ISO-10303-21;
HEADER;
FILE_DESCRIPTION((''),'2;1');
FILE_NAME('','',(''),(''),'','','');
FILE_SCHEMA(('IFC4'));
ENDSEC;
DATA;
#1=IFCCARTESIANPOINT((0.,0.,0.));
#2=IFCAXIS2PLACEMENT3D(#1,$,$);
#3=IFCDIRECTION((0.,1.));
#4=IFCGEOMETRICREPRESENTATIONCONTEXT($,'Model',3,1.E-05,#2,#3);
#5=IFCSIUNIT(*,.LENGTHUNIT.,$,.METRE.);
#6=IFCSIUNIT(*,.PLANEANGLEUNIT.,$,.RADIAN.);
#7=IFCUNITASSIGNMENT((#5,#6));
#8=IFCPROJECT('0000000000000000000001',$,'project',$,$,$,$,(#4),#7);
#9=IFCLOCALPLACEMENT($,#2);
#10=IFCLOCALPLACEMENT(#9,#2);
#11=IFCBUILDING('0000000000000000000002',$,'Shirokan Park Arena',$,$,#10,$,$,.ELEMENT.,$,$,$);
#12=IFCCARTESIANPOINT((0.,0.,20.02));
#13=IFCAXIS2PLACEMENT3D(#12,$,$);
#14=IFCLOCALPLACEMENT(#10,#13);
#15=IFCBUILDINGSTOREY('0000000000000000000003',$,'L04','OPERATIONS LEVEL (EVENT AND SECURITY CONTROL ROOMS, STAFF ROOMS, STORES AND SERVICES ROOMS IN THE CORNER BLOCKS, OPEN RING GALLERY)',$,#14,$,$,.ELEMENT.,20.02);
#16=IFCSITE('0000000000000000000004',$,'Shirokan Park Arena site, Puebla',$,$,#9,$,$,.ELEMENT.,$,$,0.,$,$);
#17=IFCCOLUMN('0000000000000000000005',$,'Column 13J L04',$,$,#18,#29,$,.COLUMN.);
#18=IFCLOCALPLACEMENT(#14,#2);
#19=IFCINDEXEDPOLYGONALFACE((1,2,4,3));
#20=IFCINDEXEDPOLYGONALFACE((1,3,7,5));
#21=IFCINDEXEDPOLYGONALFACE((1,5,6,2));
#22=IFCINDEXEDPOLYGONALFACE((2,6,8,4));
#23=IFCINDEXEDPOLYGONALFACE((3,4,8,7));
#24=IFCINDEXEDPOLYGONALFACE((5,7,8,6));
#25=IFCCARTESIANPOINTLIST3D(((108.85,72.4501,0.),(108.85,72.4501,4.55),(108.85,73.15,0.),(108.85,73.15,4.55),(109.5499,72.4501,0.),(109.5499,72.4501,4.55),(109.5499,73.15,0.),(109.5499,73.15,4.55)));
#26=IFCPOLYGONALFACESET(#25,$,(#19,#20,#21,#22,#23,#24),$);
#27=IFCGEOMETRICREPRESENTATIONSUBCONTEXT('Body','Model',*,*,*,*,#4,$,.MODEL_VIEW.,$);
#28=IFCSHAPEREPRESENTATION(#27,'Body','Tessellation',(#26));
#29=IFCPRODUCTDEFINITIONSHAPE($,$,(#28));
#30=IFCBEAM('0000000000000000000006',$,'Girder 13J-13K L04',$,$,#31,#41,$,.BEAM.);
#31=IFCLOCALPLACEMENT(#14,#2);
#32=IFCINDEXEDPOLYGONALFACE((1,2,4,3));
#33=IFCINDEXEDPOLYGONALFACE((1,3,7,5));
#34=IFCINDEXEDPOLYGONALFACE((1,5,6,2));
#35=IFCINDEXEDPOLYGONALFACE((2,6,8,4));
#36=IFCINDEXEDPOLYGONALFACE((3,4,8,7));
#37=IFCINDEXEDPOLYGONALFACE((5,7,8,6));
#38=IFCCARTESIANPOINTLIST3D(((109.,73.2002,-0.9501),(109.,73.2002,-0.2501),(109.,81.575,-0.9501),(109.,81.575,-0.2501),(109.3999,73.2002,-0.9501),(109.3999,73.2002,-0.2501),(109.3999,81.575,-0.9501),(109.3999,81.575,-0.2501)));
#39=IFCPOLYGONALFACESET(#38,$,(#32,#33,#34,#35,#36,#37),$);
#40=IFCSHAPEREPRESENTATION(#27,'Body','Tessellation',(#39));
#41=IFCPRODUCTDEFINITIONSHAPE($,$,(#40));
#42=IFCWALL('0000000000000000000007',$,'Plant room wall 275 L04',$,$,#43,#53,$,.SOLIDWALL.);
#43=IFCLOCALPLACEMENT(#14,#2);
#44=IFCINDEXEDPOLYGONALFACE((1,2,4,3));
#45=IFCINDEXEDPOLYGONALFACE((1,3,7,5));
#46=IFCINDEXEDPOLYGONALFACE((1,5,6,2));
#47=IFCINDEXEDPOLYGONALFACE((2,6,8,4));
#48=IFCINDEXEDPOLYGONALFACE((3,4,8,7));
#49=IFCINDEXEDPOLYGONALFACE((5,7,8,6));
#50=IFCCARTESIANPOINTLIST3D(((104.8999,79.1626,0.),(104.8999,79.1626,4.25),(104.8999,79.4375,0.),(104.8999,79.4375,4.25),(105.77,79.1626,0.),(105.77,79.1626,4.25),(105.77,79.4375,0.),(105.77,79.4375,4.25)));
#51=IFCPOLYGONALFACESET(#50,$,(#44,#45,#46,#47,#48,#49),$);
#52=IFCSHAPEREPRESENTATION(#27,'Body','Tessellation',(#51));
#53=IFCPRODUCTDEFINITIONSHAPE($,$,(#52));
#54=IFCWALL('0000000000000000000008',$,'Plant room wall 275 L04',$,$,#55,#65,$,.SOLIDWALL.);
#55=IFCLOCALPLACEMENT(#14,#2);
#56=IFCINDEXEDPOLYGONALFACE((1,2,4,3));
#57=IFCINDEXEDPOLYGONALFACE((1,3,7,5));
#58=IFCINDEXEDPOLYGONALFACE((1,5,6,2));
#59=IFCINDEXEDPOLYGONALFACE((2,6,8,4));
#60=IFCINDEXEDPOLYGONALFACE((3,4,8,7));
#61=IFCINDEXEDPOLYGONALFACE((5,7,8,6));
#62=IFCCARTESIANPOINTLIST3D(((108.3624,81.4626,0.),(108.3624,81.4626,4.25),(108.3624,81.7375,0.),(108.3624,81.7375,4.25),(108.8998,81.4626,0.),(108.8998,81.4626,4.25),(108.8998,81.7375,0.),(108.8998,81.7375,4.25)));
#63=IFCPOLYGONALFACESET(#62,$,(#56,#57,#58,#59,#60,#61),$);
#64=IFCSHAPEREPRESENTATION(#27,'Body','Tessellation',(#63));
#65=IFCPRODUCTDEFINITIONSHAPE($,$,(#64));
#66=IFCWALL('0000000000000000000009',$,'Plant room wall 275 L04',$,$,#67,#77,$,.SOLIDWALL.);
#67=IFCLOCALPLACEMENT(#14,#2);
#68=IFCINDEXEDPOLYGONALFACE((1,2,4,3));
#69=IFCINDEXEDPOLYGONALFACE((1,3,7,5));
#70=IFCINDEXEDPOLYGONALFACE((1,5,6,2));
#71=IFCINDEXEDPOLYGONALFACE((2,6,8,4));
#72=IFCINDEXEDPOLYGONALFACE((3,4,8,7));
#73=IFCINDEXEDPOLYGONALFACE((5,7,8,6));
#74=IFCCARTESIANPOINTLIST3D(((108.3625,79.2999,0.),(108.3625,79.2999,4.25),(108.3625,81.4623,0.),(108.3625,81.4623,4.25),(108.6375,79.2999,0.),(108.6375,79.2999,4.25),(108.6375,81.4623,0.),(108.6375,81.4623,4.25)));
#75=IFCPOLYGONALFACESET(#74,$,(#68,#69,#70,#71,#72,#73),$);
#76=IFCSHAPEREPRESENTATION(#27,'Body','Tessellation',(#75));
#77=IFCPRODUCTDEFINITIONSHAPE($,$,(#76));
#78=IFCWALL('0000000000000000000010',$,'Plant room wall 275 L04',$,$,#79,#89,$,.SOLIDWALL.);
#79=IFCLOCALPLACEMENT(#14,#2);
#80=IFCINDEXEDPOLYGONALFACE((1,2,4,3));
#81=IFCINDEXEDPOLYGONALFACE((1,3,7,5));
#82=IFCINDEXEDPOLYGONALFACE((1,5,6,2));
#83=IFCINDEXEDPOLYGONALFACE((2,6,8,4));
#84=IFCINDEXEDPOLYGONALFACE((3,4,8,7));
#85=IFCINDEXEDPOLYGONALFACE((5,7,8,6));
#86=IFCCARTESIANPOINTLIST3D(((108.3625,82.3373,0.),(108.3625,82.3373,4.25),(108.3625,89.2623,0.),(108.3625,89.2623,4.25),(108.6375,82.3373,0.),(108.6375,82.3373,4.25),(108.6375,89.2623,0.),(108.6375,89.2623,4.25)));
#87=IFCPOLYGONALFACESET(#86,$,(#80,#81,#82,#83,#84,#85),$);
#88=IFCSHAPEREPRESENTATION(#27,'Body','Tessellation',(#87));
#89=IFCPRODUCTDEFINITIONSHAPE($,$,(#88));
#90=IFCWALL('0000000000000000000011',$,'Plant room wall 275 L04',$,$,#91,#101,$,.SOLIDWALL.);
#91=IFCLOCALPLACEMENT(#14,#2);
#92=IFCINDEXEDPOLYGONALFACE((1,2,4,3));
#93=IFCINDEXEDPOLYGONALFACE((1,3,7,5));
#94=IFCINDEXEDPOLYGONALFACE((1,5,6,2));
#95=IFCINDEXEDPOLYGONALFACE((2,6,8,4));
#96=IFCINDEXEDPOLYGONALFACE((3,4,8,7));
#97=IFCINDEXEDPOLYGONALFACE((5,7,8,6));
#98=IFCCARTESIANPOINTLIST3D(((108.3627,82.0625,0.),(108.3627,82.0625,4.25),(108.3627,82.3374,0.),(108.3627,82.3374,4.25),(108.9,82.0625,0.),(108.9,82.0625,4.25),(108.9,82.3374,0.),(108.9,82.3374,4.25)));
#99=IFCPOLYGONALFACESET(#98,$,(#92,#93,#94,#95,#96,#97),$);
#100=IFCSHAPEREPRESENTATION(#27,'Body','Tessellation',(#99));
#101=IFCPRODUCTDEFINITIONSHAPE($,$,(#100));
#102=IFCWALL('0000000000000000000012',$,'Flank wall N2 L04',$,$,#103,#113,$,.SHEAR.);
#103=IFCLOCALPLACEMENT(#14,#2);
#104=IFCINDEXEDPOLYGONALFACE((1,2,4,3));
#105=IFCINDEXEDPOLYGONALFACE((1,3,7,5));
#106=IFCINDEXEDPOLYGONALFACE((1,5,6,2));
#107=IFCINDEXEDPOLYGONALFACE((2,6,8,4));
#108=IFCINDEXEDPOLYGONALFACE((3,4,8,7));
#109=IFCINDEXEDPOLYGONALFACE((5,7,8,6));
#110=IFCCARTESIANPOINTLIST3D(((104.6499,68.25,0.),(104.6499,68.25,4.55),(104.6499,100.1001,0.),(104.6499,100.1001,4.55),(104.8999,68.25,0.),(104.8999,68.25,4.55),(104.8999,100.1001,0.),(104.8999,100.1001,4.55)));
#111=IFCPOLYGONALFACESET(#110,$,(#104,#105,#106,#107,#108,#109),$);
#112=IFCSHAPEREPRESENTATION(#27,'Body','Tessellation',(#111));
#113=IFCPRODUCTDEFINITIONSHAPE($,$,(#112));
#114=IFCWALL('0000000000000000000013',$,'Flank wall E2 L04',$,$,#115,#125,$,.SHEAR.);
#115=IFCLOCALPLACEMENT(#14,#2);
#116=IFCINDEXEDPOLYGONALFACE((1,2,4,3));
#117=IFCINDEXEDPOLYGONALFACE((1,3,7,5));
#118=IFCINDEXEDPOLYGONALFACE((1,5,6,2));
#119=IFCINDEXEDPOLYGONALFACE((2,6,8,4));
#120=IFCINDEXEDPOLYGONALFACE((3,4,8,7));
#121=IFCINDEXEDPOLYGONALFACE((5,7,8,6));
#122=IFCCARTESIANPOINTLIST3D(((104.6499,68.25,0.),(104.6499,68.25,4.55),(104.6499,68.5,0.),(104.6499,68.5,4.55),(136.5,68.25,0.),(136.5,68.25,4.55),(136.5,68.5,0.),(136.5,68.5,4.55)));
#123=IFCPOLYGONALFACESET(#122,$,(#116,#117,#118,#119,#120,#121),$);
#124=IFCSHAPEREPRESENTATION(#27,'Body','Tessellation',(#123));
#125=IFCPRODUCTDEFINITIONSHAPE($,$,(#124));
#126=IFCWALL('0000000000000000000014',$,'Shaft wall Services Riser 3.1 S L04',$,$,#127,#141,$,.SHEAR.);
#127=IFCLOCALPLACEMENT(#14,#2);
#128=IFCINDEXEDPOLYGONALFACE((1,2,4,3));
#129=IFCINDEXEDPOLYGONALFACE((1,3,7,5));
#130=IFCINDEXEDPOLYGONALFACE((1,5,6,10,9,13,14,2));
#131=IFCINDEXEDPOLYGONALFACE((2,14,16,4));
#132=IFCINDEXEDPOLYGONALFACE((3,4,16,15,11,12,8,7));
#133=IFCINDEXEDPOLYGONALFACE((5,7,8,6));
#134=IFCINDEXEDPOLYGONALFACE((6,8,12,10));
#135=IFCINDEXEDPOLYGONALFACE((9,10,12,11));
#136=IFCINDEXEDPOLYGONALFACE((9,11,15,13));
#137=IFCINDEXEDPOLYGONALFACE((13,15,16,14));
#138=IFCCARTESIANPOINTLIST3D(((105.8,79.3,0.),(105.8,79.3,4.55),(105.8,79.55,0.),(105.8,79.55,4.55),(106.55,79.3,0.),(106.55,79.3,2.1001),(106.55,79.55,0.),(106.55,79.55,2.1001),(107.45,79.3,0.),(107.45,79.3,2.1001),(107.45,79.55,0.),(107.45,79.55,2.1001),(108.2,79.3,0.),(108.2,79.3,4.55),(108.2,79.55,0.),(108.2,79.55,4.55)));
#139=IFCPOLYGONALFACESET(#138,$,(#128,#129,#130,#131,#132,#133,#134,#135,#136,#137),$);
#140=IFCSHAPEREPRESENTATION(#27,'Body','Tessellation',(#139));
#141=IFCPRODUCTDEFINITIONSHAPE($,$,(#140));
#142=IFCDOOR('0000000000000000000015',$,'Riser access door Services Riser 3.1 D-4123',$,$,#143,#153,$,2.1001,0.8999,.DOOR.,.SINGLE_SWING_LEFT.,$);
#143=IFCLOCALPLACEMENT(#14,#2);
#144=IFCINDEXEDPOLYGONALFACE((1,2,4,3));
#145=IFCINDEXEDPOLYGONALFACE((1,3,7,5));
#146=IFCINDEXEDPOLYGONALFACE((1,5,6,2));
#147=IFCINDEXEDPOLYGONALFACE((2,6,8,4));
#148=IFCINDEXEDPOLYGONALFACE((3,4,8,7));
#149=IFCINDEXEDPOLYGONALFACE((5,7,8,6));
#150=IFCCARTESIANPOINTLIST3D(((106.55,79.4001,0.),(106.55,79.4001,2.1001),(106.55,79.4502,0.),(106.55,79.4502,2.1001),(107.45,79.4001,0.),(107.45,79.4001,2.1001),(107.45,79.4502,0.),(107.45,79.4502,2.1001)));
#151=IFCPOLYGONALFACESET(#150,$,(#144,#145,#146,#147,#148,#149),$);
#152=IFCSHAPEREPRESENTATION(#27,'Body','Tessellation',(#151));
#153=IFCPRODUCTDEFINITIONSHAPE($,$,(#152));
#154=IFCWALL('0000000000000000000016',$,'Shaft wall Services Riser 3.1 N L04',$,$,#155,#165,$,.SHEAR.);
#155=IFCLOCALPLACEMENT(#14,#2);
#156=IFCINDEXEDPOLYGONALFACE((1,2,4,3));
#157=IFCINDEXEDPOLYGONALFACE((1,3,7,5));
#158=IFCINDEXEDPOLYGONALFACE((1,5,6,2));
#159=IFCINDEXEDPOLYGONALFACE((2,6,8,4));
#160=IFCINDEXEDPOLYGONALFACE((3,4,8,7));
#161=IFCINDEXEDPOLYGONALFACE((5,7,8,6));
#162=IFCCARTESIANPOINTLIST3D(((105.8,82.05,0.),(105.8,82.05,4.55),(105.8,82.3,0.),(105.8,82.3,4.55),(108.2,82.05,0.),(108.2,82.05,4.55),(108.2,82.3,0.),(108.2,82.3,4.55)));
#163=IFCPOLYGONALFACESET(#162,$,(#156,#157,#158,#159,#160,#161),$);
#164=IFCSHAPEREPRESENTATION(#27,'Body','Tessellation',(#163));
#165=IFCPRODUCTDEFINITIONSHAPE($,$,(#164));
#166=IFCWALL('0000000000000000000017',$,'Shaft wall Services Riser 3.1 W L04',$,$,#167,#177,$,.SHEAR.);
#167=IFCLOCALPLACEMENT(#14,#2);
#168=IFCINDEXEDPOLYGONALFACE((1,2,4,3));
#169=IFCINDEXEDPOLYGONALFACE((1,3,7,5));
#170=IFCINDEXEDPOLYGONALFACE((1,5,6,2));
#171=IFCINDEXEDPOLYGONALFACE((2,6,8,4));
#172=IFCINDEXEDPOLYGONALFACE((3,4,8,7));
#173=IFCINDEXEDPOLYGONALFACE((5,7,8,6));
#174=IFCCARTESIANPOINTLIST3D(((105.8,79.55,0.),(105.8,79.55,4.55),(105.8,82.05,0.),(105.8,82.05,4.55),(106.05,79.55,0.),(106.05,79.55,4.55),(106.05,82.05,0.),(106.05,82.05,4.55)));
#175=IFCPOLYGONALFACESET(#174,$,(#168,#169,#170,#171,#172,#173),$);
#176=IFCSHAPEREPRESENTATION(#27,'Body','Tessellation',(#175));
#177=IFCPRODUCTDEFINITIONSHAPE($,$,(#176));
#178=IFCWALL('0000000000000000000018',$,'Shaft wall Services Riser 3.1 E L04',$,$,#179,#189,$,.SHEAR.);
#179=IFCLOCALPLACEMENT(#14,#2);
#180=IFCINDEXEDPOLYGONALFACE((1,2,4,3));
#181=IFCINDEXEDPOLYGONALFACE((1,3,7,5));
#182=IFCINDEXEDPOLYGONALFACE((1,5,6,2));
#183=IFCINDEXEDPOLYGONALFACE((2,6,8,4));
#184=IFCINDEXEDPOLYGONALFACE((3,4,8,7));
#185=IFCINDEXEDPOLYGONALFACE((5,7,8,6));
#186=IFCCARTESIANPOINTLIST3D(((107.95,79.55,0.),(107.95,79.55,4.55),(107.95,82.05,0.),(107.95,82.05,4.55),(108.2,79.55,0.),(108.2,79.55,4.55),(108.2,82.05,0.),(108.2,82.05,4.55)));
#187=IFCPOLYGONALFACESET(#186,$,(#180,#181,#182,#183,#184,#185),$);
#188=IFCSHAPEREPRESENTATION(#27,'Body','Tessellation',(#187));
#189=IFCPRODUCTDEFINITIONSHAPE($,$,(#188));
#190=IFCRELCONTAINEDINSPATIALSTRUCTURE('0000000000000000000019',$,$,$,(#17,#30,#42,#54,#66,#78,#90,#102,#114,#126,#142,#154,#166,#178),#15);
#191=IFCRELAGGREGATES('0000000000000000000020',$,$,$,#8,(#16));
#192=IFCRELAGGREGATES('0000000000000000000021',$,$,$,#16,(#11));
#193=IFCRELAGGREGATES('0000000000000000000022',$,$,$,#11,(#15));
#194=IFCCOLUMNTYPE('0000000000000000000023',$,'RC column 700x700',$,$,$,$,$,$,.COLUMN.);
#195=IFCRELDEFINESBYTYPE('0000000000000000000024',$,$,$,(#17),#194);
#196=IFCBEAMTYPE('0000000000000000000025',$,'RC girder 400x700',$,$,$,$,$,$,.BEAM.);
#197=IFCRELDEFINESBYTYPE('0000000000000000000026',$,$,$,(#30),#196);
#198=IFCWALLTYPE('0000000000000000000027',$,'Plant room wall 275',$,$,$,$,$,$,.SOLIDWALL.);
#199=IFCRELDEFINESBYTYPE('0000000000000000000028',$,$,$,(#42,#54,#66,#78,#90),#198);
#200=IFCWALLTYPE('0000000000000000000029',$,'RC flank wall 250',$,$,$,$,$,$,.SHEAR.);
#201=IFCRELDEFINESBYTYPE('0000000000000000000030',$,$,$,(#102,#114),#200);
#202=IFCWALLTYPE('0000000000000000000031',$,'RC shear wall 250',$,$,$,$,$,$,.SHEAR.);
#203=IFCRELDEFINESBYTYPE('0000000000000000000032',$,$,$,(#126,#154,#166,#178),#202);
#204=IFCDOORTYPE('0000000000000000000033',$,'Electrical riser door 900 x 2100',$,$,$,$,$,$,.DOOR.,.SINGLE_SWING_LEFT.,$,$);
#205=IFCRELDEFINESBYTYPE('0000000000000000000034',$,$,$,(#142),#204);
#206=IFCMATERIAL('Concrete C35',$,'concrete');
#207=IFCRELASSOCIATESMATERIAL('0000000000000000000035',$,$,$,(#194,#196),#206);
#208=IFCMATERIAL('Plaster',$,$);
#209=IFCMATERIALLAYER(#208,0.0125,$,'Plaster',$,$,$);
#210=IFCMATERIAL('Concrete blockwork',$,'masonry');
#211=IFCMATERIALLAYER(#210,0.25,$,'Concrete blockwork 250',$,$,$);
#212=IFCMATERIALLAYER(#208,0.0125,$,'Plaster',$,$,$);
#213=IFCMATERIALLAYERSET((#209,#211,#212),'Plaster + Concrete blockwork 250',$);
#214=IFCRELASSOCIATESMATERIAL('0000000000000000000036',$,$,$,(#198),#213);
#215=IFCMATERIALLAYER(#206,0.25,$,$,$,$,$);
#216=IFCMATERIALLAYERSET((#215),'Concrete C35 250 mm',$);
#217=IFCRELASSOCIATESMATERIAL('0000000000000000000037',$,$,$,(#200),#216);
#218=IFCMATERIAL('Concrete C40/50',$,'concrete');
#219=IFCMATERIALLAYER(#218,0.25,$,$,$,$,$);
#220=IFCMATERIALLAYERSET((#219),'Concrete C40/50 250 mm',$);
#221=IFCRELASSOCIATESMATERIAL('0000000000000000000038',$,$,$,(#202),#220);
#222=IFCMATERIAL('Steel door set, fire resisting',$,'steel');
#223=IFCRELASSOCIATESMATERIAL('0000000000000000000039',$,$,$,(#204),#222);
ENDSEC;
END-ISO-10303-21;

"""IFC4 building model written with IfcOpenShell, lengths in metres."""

from ifc_helpers import new_model, si_unit, direction, frame, frame_2d, origin, origin_2d, place, context, subcontext, project, spatial, rectangle, extrude, material, layer, layer_set, material_profile, profile_set, type_object, element, fill, save


model = new_model("IFC4")

# Units and contexts
model_context = context("Model", 3, precision=1e-05, world=origin(), true_north=direction((0.0, 1.0)))
body_context = subcontext(model_context, "Body", "Model", "MODEL_VIEW")
ifc_project = project(units=[si_unit("LENGTHUNIT", "METRE"), si_unit("PLANEANGLEUNIT", "RADIAN")], contexts=[model_context])

# Site, building, storey
site_placement = place(None, origin())
site = spatial("IfcSite", under=ifc_project, at=site_placement, Name="Shirokan Park Arena site, Puebla", CompositionType="ELEMENT", RefElevation=0.0)
building_placement = place(site_placement, origin())
building = spatial("IfcBuilding", under=site, at=building_placement, Name="Shirokan Park Arena", CompositionType="ELEMENT")
storey_placement = place(building_placement, frame((0.0, 0.0, 20.02)))
storey = spatial("IfcBuildingStorey", under=building, at=storey_placement, Name="L04", Description="OPERATIONS LEVEL (EVENT AND SECURITY CONTROL ROOMS, STAFF ROOMS, STORES AND SERVICES ROOMS IN THE CORNER BLOCKS, OPEN RING GALLERY)", CompositionType="ELEMENT", Elevation=20.02)

# Column
ifc_material_1 = material(Name="Concrete C35", Category="concrete")
ifc_material_profile_1 = material_profile(ifc_material_1, rectangle(XDim=0.7, YDim=0.7, at=origin_2d()), Name="700x700")
ifc_profile_set_1 = profile_set([ifc_material_profile_1], Name="Concrete C35")
column_type = type_object("IfcColumnType", Name="RC column 700x700", PredefinedType="COLUMN", material=ifc_profile_set_1)
column_placement = place(storey_placement, frame((109.2, 72.8, 0.0), z_axis=(0.0, 0.0, 1.0), x_axis=(1.0, 0.0, 0.0)))
element("IfcColumn", 1, at=column_placement, inside=storey, type_object=column_type, Name="Column 13J L04", PredefinedType="COLUMN", context=body_context, shape_type="SweptSolid", body=[
    extrude(rectangle(XDim=0.7, YDim=0.7, at=origin_2d()), origin(), (0.0, 0.0, 1.0), 4.55),
])

# Beam
ifc_material_profile_2 = material_profile(ifc_material_1, rectangle(XDim=0.3999, YDim=0.7, at=origin_2d()), Name="400x700")
ifc_profile_set_2 = profile_set([ifc_material_profile_2], Name="Concrete C35")
beam_type = type_object("IfcBeamType", Name="RC girder 400x700", PredefinedType="BEAM", material=ifc_profile_set_2)
beam_placement = place(storey_placement, frame((109.2, 73.2002, -0.6001), z_axis=(0.0, 1.0, 0.0), x_axis=(-1.0, 0.0, 0.0)))
element("IfcBeam", 2, at=beam_placement, inside=storey, type_object=beam_type, Name="Girder 13J-13K L04", PredefinedType="BEAM", context=body_context, shape_type="SweptSolid", body=[
    extrude(rectangle(XDim=0.3999, YDim=0.7, at=origin_2d()), origin(), (0.0, 0.0, 1.0), 8.3748),
])

# Walls
ifc_material_2 = material(Name="Plaster")
ifc_layer_1 = layer(ifc_material_2, 0.0125, Name="Plaster")
ifc_material_3 = material(Name="Concrete blockwork", Category="masonry")
ifc_layer_2 = layer(ifc_material_3, 0.25, Name="Concrete blockwork 250")
ifc_layer_3 = layer(ifc_material_2, 0.0125, Name="Plaster")
ifc_layer_set_1 = layer_set([ifc_layer_1, ifc_layer_2, ifc_layer_3], Name="Plaster + Concrete blockwork 250")
wall_type_1 = type_object("IfcWallType", Name="Plant room wall 275", PredefinedType="SOLIDWALL", material=ifc_layer_set_1)
wall_1_placement = place(storey_placement, frame((105.77, 79.3, 0.0), z_axis=(0.0, 0.0, 1.0), x_axis=(-1.0, 0.0, 0.0)))
element("IfcWall", 3, at=wall_1_placement, inside=storey, type_object=wall_type_1, Name="Plant room wall 275 L04", PredefinedType="SOLIDWALL", context=body_context, shape_type="SweptSolid", body=[
    extrude(rectangle(XDim=0.8701, YDim=0.2749, at=frame_2d((0.4351, 0.0))), origin(), (0.0, 0.0, 1.0), 4.25),
])
wall_2_placement = place(storey_placement, frame((108.3625, 81.6001, 0.0), z_axis=(0.0, 0.0, 1.0), x_axis=(1.0, 0.0, 0.0)))
element("IfcWall", 4, at=wall_2_placement, inside=storey, type_object=wall_type_1, Name="Plant room wall 275 L04", PredefinedType="SOLIDWALL", context=body_context, shape_type="SweptSolid", body=[
    extrude(rectangle(XDim=0.5374, YDim=0.2749, at=frame_2d((0.2686, 0.0))), origin(), (0.0, 0.0, 1.0), 4.25),
])
wall_3_placement = place(storey_placement, frame((108.5, 79.3, 0.0), z_axis=(0.0, 0.0, 1.0), x_axis=(0.0, 1.0, 0.0)))
element("IfcWall", 5, at=wall_3_placement, inside=storey, type_object=wall_type_1, Name="Plant room wall 275 L04", PredefinedType="SOLIDWALL", context=body_context, shape_type="SweptSolid", body=[
    extrude(rectangle(XDim=2.1624, YDim=0.2749, at=frame_2d((1.0811, 0.0))), origin(), (0.0, 0.0, 1.0), 4.25),
])
wall_4_placement = place(storey_placement, frame((108.5, 82.3374, 0.0), z_axis=(0.0, 0.0, 1.0), x_axis=(0.0, 1.0, 0.0)))
element("IfcWall", 6, at=wall_4_placement, inside=storey, type_object=wall_type_1, Name="Plant room wall 275 L04", PredefinedType="SOLIDWALL", context=body_context, shape_type="SweptSolid", body=[
    extrude(rectangle(XDim=6.925, YDim=0.2749, at=frame_2d((3.4624, 0.0))), origin(), (0.0, 0.0, 1.0), 4.25),
])

# Walls
wall_5_placement = place(storey_placement, frame((108.8999, 82.2, 0.0), z_axis=(0.0, 0.0, 1.0), x_axis=(-1.0, 0.0, 0.0)))
element("IfcWall", 7, at=wall_5_placement, inside=storey, type_object=wall_type_1, Name="Plant room wall 275 L04", PredefinedType="SOLIDWALL", context=body_context, shape_type="SweptSolid", body=[
    extrude(rectangle(XDim=0.5374, YDim=0.2749, at=frame_2d((0.2686, 0.0))), origin(), (0.0, 0.0, 1.0), 4.25),
])
ifc_layer_4 = layer(ifc_material_1, 0.25)
ifc_layer_set_2 = layer_set([ifc_layer_4], Name="Concrete C35 250 mm")
wall_type_2 = type_object("IfcWallType", Name="RC flank wall 250", PredefinedType="SHEAR", material=ifc_layer_set_2)
for number, where, z_axis, x_axis, name in (
    (8, (104.7749, 68.25, 0.0), (0.0, 0.0, 1.0), (0.0, 1.0, 0.0), "Flank wall N2 L04"),
    (9, (104.6499, 68.375, 0.0), (0.0, 0.0, 1.0), (1.0, 0.0, 0.0), "Flank wall E2 L04"),
):
    element("IfcWall", number, at=place(storey_placement, frame(where, z_axis=z_axis, x_axis=x_axis)), inside=storey, type_object=wall_type_2, Name=name, PredefinedType="SHEAR", context=body_context, shape_type="SweptSolid", body=[
        extrude(rectangle(XDim=31.8501, YDim=0.25, at=frame_2d((15.925, 0.0))), origin(), (0.0, 0.0, 1.0), 4.55),
    ])

# Wall, opening, door
ifc_material_4 = material(Name="Concrete C40/50", Category="concrete")
ifc_layer_5 = layer(ifc_material_4, 0.25)
ifc_layer_set_3 = layer_set([ifc_layer_5], Name="Concrete C40/50 250 mm")
wall_type_3 = type_object("IfcWallType", Name="RC shear wall 250", PredefinedType="SHEAR", material=ifc_layer_set_3)
wall_6_placement = place(storey_placement, frame((108.2, 79.425, 0.0), z_axis=(0.0, 0.0, 1.0), x_axis=(-1.0, 0.0, 0.0)))
wall_6 = element("IfcWall", 10, at=wall_6_placement, inside=storey, type_object=wall_type_3, Name="Shaft wall Services Riser 3.1 S L04", PredefinedType="SHEAR", context=body_context, shape_type="SweptSolid", body=[
    extrude(rectangle(XDim=2.3999, YDim=0.25, at=frame_2d((1.2, 0.0))), origin(), (0.0, 0.0, 1.0), 4.55),
])
opening_1_placement = place(wall_6_placement, frame((0.75, 0.0, 0.0)))
opening_1 = element("IfcOpeningElement", 11, at=opening_1_placement, cuts=wall_6, PredefinedType="OPENING", context=body_context, shape_type="SweptSolid", body=[
    extrude(rectangle(XDim=0.8999, YDim=2.1001, at=frame_2d((0.45, 1.05))), frame((0.0, 0.135, 0.0), z_axis=(0.0, -1.0, 0.0), x_axis=(1.0, 0.0, 0.0)), (0.0, 0.0, 1.0), 0.27),
])
ifc_material_5 = material(Name="Steel door set, fire resisting", Category="steel")
door_type_1 = type_object("IfcDoorType", Name="Electrical riser door 900 x 2100", OperationType="SINGLE_SWING_LEFT", PredefinedType="DOOR", material=ifc_material_5)
door_1_placement = place(opening_1_placement, origin())
door_1 = element("IfcDoor", 12, at=door_1_placement, inside=storey, type_object=door_type_1, Name="Riser access door Services Riser 3.1 D-4123", OperationType="SINGLE_SWING_LEFT", OverallHeight=2.1001, OverallWidth=0.8999, PredefinedType="DOOR", context=body_context, shape_type="SweptSolid", body=[
    extrude(rectangle(XDim=0.8999, YDim=2.1001, at=frame_2d((0.45, 1.05))), frame((0.0, 0.0249, 0.0), z_axis=(0.0, -1.0, 0.0), x_axis=(1.0, 0.0, 0.0)), (0.0, 0.0, 1.0), 0.05),
])
fill(opening_1, door_1)

# Walls
wall_7_placement = place(storey_placement, frame((108.2, 82.175, 0.0), z_axis=(0.0, 0.0, 1.0), x_axis=(-1.0, 0.0, 0.0)))
element("IfcWall", 13, at=wall_7_placement, inside=storey, type_object=wall_type_3, Name="Shaft wall Services Riser 3.1 N L04", PredefinedType="SHEAR", context=body_context, shape_type="SweptSolid", body=[
    extrude(rectangle(XDim=2.3999, YDim=0.25, at=frame_2d((1.2, 0.0))), origin(), (0.0, 0.0, 1.0), 4.55),
])
for number, where, z_axis, x_axis, name in (
    (14, (105.925, 82.05, 0.0), (0.0, 0.0, 1.0), (0.0, -1.0, 0.0), "Shaft wall Services Riser 3.1 W L04"),
    (15, (108.075, 82.05, 0.0), (0.0, 0.0, 1.0), (0.0, -1.0, 0.0), "Shaft wall Services Riser 3.1 E L04"),
):
    element("IfcWall", number, at=place(storey_placement, frame(where, z_axis=z_axis, x_axis=x_axis)), inside=storey, type_object=wall_type_3, Name=name, PredefinedType="SHEAR", context=body_context, shape_type="SweptSolid", body=[
        extrude(rectangle(XDim=2.5, YDim=0.25, at=frame_2d((1.25, 0.0))), origin(), (0.0, 0.0, 1.0), 4.55),
    ])

save(model, "model.ifc")
